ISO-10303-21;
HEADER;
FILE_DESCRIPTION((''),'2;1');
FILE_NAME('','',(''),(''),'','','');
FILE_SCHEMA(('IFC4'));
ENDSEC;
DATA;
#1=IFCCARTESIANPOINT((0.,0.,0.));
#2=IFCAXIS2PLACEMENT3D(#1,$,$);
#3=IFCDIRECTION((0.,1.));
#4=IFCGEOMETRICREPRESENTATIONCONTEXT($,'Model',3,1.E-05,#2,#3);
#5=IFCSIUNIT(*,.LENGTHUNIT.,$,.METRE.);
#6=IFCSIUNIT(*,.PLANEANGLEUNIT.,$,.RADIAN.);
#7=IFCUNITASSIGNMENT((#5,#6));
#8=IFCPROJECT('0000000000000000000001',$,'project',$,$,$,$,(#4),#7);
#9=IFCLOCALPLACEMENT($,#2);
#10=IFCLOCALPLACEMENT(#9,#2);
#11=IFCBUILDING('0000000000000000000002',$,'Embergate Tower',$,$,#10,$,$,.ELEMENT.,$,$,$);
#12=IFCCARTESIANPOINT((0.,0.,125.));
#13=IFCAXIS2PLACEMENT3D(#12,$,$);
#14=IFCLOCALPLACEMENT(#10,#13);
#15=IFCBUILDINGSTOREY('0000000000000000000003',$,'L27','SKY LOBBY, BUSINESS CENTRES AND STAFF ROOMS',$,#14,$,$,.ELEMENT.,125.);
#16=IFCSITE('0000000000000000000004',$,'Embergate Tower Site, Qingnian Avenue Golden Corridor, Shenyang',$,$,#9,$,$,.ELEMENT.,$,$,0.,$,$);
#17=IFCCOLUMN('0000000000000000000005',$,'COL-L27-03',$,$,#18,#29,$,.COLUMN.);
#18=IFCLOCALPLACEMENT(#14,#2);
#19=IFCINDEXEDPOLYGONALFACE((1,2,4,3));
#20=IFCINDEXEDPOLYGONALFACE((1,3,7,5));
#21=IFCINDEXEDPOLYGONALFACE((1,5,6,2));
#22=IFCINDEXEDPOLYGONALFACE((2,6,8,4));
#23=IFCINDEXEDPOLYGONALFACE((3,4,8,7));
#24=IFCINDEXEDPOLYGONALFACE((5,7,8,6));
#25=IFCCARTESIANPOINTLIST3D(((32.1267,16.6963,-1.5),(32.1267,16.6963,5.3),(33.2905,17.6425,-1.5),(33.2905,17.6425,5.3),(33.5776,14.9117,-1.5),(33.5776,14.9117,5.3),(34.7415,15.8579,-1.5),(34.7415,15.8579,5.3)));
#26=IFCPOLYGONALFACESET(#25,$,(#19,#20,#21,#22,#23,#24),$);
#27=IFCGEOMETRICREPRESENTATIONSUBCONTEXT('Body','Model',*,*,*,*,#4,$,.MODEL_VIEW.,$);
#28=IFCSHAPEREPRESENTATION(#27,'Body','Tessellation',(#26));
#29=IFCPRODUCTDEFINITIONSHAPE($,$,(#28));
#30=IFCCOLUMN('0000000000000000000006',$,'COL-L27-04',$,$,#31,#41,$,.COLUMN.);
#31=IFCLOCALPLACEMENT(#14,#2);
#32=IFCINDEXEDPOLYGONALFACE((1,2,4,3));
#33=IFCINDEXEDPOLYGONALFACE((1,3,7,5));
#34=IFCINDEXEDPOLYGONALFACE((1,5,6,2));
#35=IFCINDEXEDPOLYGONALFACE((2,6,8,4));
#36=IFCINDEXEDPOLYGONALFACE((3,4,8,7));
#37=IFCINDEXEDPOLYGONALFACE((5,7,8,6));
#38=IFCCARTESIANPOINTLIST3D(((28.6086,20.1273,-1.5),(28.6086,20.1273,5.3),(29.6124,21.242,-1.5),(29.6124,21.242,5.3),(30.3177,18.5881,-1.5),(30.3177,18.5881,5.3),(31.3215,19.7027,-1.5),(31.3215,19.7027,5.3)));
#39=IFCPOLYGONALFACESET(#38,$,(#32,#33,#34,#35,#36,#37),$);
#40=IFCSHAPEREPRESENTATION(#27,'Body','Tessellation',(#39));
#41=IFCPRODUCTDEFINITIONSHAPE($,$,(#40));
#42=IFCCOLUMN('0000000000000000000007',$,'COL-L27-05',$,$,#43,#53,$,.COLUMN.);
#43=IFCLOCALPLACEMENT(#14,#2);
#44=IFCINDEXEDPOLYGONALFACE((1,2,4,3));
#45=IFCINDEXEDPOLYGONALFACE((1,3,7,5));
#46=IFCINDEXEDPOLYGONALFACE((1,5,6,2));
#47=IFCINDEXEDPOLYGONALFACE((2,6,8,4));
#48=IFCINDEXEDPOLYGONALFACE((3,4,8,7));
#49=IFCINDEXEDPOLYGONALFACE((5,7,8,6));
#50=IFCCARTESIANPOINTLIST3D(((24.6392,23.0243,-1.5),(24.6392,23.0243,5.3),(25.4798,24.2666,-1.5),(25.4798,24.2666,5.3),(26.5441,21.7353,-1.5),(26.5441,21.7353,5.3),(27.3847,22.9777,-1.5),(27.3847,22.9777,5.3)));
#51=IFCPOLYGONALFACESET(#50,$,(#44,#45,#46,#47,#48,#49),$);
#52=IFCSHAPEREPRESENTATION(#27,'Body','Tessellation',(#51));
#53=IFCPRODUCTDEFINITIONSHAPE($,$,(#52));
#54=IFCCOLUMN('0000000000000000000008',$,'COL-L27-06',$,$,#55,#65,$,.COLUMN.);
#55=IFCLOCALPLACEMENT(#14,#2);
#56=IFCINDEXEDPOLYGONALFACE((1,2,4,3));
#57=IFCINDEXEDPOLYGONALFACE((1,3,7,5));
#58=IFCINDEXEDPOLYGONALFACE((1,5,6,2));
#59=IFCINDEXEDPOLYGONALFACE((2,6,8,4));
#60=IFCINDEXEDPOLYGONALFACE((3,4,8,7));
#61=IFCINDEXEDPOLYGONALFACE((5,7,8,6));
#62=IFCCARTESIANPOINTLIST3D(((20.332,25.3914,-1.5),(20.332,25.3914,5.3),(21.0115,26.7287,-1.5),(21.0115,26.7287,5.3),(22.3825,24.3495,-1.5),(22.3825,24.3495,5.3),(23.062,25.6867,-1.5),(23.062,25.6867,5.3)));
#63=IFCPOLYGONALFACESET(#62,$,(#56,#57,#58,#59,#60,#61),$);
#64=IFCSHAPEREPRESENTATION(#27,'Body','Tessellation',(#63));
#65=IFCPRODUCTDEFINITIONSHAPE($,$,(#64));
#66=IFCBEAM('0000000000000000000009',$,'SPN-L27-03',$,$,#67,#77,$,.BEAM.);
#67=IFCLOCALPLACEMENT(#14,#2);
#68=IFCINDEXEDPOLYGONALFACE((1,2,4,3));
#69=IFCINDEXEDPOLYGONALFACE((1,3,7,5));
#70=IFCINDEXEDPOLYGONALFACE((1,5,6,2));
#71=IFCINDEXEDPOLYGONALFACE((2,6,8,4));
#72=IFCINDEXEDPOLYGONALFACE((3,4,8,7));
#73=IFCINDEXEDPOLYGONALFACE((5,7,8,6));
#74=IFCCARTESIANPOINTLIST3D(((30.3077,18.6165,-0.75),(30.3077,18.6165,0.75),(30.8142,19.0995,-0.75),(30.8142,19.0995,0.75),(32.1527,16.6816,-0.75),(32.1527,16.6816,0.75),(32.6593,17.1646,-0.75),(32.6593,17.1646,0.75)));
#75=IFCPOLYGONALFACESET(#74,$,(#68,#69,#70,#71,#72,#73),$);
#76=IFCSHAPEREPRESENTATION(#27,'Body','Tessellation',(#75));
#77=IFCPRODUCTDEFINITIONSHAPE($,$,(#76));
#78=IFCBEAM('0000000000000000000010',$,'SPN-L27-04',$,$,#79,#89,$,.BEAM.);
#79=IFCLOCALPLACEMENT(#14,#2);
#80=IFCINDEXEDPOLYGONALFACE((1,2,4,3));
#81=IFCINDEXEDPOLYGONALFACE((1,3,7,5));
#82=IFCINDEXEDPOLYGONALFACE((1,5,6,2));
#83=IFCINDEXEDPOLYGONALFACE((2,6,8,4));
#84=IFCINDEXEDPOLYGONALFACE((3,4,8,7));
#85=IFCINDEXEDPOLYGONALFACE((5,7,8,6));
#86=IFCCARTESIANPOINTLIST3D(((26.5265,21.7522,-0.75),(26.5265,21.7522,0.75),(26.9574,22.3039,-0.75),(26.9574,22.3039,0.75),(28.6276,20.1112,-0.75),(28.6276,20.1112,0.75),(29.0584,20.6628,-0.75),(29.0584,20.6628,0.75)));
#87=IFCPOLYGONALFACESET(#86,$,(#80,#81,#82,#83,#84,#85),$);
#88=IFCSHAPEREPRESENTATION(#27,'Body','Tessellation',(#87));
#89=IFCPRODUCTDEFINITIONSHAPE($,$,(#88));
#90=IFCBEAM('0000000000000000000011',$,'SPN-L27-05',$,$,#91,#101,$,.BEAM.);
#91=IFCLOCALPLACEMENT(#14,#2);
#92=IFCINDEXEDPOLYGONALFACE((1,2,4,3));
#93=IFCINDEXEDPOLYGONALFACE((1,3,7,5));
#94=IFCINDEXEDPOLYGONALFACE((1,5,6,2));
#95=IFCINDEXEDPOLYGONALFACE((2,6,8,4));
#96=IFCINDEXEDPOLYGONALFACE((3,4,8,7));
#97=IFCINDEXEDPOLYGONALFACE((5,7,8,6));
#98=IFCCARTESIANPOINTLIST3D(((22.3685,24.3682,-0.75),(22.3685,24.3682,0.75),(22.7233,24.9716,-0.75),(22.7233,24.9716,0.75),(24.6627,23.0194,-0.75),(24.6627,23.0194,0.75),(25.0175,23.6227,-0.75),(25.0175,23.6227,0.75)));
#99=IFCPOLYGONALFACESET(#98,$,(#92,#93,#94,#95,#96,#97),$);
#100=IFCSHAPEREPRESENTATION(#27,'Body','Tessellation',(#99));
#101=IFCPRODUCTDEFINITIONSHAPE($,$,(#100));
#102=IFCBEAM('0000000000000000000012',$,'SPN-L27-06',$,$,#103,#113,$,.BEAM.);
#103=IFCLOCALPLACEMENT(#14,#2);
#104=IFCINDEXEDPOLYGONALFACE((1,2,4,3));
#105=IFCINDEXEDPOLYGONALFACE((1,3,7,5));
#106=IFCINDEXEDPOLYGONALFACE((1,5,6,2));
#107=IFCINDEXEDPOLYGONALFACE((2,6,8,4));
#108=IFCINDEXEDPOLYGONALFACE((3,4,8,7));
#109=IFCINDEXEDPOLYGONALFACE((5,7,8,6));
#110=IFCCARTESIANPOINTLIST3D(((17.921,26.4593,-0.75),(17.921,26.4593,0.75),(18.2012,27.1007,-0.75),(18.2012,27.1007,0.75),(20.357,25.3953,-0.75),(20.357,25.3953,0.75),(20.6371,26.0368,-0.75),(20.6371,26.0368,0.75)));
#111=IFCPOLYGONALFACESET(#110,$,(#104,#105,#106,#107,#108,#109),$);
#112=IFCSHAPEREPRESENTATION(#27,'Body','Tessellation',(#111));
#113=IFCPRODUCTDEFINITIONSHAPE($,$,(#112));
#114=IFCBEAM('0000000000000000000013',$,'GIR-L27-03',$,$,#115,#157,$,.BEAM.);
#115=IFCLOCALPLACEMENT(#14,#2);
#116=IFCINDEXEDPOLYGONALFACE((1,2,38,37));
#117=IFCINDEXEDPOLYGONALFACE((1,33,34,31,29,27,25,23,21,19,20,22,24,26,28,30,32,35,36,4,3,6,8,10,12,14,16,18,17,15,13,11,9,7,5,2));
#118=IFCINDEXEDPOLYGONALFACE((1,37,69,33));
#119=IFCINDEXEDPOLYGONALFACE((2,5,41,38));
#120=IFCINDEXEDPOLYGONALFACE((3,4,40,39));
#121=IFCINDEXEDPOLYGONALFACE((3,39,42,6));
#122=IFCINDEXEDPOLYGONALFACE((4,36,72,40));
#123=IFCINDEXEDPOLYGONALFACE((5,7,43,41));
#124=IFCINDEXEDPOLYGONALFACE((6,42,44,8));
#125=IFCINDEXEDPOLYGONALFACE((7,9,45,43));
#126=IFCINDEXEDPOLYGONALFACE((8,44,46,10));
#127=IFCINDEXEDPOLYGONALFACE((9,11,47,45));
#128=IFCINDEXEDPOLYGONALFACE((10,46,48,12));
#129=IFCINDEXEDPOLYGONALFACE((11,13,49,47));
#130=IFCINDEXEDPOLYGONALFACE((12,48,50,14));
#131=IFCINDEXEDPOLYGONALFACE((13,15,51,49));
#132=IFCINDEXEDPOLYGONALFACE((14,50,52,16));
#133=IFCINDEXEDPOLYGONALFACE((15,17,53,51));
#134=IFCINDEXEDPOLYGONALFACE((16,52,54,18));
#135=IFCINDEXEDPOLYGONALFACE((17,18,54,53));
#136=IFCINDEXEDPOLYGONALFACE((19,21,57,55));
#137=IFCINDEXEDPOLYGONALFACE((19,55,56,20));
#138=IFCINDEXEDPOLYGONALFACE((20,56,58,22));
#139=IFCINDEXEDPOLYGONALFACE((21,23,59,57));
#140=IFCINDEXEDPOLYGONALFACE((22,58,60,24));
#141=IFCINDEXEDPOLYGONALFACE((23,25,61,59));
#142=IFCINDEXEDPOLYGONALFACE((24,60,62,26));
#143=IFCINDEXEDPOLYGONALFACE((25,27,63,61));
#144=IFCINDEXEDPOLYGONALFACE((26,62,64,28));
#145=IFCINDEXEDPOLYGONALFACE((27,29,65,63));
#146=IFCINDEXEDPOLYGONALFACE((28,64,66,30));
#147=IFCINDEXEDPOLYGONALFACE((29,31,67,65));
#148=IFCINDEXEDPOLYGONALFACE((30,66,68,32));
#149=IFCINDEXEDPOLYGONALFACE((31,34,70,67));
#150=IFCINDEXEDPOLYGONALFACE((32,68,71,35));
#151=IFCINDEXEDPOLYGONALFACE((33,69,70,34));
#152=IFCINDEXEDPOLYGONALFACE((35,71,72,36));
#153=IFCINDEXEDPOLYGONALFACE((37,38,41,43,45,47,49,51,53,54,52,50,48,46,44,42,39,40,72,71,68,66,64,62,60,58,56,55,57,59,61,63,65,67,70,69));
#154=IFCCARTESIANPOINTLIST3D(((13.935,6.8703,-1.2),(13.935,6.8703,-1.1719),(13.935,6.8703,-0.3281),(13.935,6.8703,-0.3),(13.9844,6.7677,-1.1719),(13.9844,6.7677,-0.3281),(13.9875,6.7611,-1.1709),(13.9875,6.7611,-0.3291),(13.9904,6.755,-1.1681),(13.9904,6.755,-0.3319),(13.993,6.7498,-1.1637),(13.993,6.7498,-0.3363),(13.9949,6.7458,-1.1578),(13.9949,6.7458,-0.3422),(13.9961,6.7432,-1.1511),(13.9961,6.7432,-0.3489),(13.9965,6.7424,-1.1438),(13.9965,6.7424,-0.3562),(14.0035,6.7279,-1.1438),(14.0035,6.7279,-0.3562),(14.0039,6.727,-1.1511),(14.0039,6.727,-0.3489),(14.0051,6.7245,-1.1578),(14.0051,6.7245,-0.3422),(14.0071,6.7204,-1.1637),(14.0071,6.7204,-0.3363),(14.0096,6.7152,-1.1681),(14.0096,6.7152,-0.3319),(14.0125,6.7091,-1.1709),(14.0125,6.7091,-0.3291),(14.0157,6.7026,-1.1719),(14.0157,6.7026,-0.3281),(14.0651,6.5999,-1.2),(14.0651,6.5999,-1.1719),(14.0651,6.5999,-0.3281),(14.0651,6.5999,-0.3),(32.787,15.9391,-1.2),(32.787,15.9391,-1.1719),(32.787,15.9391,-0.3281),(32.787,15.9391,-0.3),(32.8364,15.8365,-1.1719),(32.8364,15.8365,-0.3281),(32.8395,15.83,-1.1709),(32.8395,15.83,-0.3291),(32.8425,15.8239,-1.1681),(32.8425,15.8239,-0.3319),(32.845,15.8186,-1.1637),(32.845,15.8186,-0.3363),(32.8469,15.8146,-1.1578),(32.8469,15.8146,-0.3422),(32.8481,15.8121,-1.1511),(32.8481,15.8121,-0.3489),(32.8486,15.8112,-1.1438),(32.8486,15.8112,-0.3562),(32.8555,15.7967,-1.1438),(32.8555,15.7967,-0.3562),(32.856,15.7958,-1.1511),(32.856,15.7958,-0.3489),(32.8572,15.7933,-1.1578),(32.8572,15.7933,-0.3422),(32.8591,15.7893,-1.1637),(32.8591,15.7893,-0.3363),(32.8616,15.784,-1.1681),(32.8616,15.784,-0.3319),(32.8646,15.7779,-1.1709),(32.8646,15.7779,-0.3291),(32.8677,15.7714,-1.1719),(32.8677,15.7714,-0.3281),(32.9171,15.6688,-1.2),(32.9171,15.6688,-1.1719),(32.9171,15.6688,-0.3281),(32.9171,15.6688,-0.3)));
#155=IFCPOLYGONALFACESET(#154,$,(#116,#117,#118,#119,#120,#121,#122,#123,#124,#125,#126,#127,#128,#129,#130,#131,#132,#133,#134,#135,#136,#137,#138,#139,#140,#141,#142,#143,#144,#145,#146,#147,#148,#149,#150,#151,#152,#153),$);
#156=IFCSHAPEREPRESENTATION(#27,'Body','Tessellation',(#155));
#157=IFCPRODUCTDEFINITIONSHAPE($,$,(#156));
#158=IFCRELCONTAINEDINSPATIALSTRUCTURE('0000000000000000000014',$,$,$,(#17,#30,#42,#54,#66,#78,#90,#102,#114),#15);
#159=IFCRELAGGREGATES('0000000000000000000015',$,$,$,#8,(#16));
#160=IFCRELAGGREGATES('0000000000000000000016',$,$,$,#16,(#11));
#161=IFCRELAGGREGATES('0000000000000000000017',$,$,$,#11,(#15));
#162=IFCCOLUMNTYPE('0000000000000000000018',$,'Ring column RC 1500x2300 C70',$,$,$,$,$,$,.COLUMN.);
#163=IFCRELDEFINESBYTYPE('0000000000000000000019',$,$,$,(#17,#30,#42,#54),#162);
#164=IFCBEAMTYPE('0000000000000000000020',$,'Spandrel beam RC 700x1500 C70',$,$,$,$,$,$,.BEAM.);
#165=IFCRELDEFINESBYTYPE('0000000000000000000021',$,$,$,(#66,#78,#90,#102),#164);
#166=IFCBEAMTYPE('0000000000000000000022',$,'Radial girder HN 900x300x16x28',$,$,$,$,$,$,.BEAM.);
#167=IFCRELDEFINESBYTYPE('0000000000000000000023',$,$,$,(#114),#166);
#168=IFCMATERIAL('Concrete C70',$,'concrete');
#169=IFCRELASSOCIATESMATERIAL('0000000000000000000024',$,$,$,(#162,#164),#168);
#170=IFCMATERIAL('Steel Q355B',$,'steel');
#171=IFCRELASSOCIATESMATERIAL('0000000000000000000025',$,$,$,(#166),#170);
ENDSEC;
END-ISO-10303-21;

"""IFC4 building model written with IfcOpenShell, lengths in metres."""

from ifc_helpers import new_model, si_unit, direction, frame, origin, origin_2d, place, context, subcontext, project, spatial, rectangle, i_section, extrude, source, transform, mapped, material, material_profile, profile_set, type_object, element, save


model = new_model("IFC4")

# Units and contexts
model_context = context("Model", 3, precision=1e-05, world=origin(), true_north=direction((0.0, 1.0)))
body_context = subcontext(model_context, "Body", "Model", "MODEL_VIEW")
ifc_project = project(units=[si_unit("LENGTHUNIT", "METRE"), si_unit("PLANEANGLEUNIT", "RADIAN")], contexts=[model_context])

# Site, building, storey
site_placement = place(None, origin())
site = spatial("IfcSite", under=ifc_project, at=site_placement, Name="Embergate Tower Site, Qingnian Avenue Golden Corridor, Shenyang", CompositionType="ELEMENT", RefElevation=0.0)
building_placement = place(site_placement, origin())
building = spatial("IfcBuilding", under=site, at=building_placement, Name="Embergate Tower", CompositionType="ELEMENT")
storey_placement = place(building_placement, frame((0.0, 0.0, 125.0)))
storey = spatial("IfcBuildingStorey", under=building, at=storey_placement, Name="L27", Description="SKY LOBBY, BUSINESS CENTRES AND STAFF ROOMS", CompositionType="ELEMENT", Elevation=125.0)

# Columns
ifc_material_1 = material(Name="Concrete C70", Category="concrete")
ifc_material_profile_1 = material_profile(ifc_material_1, rectangle(XDim=1.5, YDim=2.3, at=origin_2d()), Name="RC 1500x2300")
ifc_profile_set_1 = profile_set([ifc_material_profile_1], Name="Concrete C70")
column_type = type_object("IfcColumnType", Name="Ring column RC 1500x2300 C70", PredefinedType="COLUMN", material=ifc_profile_set_1)
shared_shape_1 = source(origin(), body_context, "Body", "SweptSolid", [
    extrude(rectangle(XDim=1.5, YDim=2.3, at=origin_2d()), origin(), (0.0, 0.0, 1.0), 6.8),
])
for number, where, z_axis, x_axis, name in (
    (1, (33.4341, 16.2771, -1.5), (0.0, 0.0, 1.0), (0.775914, 0.630838, 0.0), "COL-L27-03"),
    (2, (29.9651, 19.915, -1.5), (0.0, 0.0, 1.0), (0.669208, 0.743075, 0.0), "COL-L27-04"),
    (3, (26.012, 23.001, -1.5), (0.0, 0.0, 1.0), (0.560393, 0.828227, 0.0), "COL-L27-05"),
    (4, (21.697, 25.5391, -1.5), (0.0, 0.0, 1.0), (0.452995, 0.891513, 0.0), "COL-L27-06"),
):
    element("IfcColumn", number, at=place(storey_placement, frame(where, z_axis=z_axis, x_axis=x_axis)), inside=storey, type_object=column_type, Name=name, PredefinedType="COLUMN", context=body_context, shape_type="MappedRepresentation", body=[
        mapped(shared_shape_1, transform((0.0, 0.0, 0.0))),
    ])

# Beams
ifc_material_profile_2 = material_profile(ifc_material_1, rectangle(XDim=0.7, YDim=1.5, at=origin_2d()), Name="RC 700x1500")
ifc_profile_set_2 = profile_set([ifc_material_profile_2], Name="Concrete C70")
beam_type_1 = type_object("IfcBeamType", Name="Spandrel beam RC 700x1500 C70", PredefinedType="BEAM", material=ifc_profile_set_2)
shared_shape_2 = source(origin(), body_context, "Body", "SweptSolid", [
    extrude(rectangle(XDim=0.7, YDim=1.5, at=origin_2d()), origin(), (0.0, 0.0, 1.0), 2.6736),
])
beam_1_placement = place(storey_placement, frame((32.406, 16.9231, 0.0), z_axis=(-0.690104, 0.72371, 0.0), x_axis=(-0.72371, -0.690104, 0.0)))
element("IfcBeam", 5, at=beam_1_placement, inside=storey, type_object=beam_type_1, Name="SPN-L27-03", PredefinedType="BEAM", context=body_context, shape_type="MappedRepresentation", body=[
    mapped(shared_shape_2, transform((0.0, 0.0, 0.0))),
])
shared_shape_3 = source(origin(), body_context, "Body", "SweptSolid", [
    extrude(rectangle(XDim=0.7, YDim=1.5, at=origin_2d()), origin(), (0.0, 0.0, 1.0), 2.666),
])
beam_2_placement = place(storey_placement, frame((28.843, 20.387, 0.0), z_axis=(-0.788088, 0.615562, 0.0), x_axis=(-0.615562, -0.788088, 0.0)))
element("IfcBeam", 6, at=beam_2_placement, inside=storey, type_object=beam_type_1, Name="SPN-L27-04", PredefinedType="BEAM", context=body_context, shape_type="MappedRepresentation", body=[
    mapped(shared_shape_3, transform((0.0, 0.0, 0.0))),
])
shared_shape_4 = source(origin(), body_context, "Body", "SweptSolid", [
    extrude(rectangle(XDim=0.7, YDim=1.5, at=origin_2d()), origin(), (0.0, 0.0, 1.0), 2.6614),
])
beam_3_placement = place(storey_placement, frame((24.8401, 23.321, 0.0), z_axis=(-0.86204, 0.50684, 0.0), x_axis=(-0.50684, -0.86204, 0.0)))
element("IfcBeam", 7, at=beam_3_placement, inside=storey, type_object=beam_type_1, Name="SPN-L27-05", PredefinedType="BEAM", context=body_context, shape_type="MappedRepresentation", body=[
    mapped(shared_shape_4, transform((0.0, 0.0, 0.0))),
])
shared_shape_5 = source(origin(), body_context, "Body", "SweptSolid", [
    extrude(rectangle(XDim=0.7, YDim=1.5, at=origin_2d()), origin(), (0.0, 0.0, 1.0), 2.6582),
])
beam_4_placement = place(storey_placement, frame((20.4971, 25.7161, 0.0), z_axis=(-0.916406, 0.40025, 0.0), x_axis=(-0.40025, -0.916406, 0.0)))
element("IfcBeam", 8, at=beam_4_placement, inside=storey, type_object=beam_type_1, Name="SPN-L27-06", PredefinedType="BEAM", context=body_context, shape_type="MappedRepresentation", body=[
    mapped(shared_shape_5, transform((0.0, 0.0, 0.0))),
])
ifc_material_2 = material(Name="Steel Q355B", Category="steel")
ifc_material_profile_3 = material_profile(ifc_material_2, i_section(OverallWidth=0.3, OverallDepth=0.8999, WebThickness=0.0161, FlangeThickness=0.0281, FilletRadius=0.0281, at=origin_2d()), Name="HN 900x300x16x28")
ifc_profile_set_3 = profile_set([ifc_material_profile_3], Name="Steel Q355 grade B")
beam_type_2 = type_object("IfcBeamType", Name="Radial girder HN 900x300x16x28", PredefinedType="BEAM", material=ifc_profile_set_3)
shared_shape_6 = source(origin(), body_context, "Body", "SweptSolid", [
    extrude(i_section(OverallWidth=0.3, OverallDepth=0.8999, WebThickness=0.0161, FlangeThickness=0.0281, FilletRadius=0.0281, at=origin_2d()), origin(), (0.0, 0.0, 1.0), 20.9199),
])
beam_5_placement = place(storey_placement, frame((32.8521, 15.804, -0.75), z_axis=(-0.901152, -0.433503, 0.0), x_axis=(0.433503, -0.901152, 0.0)))
element("IfcBeam", 9, at=beam_5_placement, inside=storey, type_object=beam_type_2, Name="GIR-L27-03", PredefinedType="BEAM", context=body_context, shape_type="MappedRepresentation", body=[
    mapped(shared_shape_6, transform((0.0, 0.0, 0.0))),
])

save(model, "model.ifc")
